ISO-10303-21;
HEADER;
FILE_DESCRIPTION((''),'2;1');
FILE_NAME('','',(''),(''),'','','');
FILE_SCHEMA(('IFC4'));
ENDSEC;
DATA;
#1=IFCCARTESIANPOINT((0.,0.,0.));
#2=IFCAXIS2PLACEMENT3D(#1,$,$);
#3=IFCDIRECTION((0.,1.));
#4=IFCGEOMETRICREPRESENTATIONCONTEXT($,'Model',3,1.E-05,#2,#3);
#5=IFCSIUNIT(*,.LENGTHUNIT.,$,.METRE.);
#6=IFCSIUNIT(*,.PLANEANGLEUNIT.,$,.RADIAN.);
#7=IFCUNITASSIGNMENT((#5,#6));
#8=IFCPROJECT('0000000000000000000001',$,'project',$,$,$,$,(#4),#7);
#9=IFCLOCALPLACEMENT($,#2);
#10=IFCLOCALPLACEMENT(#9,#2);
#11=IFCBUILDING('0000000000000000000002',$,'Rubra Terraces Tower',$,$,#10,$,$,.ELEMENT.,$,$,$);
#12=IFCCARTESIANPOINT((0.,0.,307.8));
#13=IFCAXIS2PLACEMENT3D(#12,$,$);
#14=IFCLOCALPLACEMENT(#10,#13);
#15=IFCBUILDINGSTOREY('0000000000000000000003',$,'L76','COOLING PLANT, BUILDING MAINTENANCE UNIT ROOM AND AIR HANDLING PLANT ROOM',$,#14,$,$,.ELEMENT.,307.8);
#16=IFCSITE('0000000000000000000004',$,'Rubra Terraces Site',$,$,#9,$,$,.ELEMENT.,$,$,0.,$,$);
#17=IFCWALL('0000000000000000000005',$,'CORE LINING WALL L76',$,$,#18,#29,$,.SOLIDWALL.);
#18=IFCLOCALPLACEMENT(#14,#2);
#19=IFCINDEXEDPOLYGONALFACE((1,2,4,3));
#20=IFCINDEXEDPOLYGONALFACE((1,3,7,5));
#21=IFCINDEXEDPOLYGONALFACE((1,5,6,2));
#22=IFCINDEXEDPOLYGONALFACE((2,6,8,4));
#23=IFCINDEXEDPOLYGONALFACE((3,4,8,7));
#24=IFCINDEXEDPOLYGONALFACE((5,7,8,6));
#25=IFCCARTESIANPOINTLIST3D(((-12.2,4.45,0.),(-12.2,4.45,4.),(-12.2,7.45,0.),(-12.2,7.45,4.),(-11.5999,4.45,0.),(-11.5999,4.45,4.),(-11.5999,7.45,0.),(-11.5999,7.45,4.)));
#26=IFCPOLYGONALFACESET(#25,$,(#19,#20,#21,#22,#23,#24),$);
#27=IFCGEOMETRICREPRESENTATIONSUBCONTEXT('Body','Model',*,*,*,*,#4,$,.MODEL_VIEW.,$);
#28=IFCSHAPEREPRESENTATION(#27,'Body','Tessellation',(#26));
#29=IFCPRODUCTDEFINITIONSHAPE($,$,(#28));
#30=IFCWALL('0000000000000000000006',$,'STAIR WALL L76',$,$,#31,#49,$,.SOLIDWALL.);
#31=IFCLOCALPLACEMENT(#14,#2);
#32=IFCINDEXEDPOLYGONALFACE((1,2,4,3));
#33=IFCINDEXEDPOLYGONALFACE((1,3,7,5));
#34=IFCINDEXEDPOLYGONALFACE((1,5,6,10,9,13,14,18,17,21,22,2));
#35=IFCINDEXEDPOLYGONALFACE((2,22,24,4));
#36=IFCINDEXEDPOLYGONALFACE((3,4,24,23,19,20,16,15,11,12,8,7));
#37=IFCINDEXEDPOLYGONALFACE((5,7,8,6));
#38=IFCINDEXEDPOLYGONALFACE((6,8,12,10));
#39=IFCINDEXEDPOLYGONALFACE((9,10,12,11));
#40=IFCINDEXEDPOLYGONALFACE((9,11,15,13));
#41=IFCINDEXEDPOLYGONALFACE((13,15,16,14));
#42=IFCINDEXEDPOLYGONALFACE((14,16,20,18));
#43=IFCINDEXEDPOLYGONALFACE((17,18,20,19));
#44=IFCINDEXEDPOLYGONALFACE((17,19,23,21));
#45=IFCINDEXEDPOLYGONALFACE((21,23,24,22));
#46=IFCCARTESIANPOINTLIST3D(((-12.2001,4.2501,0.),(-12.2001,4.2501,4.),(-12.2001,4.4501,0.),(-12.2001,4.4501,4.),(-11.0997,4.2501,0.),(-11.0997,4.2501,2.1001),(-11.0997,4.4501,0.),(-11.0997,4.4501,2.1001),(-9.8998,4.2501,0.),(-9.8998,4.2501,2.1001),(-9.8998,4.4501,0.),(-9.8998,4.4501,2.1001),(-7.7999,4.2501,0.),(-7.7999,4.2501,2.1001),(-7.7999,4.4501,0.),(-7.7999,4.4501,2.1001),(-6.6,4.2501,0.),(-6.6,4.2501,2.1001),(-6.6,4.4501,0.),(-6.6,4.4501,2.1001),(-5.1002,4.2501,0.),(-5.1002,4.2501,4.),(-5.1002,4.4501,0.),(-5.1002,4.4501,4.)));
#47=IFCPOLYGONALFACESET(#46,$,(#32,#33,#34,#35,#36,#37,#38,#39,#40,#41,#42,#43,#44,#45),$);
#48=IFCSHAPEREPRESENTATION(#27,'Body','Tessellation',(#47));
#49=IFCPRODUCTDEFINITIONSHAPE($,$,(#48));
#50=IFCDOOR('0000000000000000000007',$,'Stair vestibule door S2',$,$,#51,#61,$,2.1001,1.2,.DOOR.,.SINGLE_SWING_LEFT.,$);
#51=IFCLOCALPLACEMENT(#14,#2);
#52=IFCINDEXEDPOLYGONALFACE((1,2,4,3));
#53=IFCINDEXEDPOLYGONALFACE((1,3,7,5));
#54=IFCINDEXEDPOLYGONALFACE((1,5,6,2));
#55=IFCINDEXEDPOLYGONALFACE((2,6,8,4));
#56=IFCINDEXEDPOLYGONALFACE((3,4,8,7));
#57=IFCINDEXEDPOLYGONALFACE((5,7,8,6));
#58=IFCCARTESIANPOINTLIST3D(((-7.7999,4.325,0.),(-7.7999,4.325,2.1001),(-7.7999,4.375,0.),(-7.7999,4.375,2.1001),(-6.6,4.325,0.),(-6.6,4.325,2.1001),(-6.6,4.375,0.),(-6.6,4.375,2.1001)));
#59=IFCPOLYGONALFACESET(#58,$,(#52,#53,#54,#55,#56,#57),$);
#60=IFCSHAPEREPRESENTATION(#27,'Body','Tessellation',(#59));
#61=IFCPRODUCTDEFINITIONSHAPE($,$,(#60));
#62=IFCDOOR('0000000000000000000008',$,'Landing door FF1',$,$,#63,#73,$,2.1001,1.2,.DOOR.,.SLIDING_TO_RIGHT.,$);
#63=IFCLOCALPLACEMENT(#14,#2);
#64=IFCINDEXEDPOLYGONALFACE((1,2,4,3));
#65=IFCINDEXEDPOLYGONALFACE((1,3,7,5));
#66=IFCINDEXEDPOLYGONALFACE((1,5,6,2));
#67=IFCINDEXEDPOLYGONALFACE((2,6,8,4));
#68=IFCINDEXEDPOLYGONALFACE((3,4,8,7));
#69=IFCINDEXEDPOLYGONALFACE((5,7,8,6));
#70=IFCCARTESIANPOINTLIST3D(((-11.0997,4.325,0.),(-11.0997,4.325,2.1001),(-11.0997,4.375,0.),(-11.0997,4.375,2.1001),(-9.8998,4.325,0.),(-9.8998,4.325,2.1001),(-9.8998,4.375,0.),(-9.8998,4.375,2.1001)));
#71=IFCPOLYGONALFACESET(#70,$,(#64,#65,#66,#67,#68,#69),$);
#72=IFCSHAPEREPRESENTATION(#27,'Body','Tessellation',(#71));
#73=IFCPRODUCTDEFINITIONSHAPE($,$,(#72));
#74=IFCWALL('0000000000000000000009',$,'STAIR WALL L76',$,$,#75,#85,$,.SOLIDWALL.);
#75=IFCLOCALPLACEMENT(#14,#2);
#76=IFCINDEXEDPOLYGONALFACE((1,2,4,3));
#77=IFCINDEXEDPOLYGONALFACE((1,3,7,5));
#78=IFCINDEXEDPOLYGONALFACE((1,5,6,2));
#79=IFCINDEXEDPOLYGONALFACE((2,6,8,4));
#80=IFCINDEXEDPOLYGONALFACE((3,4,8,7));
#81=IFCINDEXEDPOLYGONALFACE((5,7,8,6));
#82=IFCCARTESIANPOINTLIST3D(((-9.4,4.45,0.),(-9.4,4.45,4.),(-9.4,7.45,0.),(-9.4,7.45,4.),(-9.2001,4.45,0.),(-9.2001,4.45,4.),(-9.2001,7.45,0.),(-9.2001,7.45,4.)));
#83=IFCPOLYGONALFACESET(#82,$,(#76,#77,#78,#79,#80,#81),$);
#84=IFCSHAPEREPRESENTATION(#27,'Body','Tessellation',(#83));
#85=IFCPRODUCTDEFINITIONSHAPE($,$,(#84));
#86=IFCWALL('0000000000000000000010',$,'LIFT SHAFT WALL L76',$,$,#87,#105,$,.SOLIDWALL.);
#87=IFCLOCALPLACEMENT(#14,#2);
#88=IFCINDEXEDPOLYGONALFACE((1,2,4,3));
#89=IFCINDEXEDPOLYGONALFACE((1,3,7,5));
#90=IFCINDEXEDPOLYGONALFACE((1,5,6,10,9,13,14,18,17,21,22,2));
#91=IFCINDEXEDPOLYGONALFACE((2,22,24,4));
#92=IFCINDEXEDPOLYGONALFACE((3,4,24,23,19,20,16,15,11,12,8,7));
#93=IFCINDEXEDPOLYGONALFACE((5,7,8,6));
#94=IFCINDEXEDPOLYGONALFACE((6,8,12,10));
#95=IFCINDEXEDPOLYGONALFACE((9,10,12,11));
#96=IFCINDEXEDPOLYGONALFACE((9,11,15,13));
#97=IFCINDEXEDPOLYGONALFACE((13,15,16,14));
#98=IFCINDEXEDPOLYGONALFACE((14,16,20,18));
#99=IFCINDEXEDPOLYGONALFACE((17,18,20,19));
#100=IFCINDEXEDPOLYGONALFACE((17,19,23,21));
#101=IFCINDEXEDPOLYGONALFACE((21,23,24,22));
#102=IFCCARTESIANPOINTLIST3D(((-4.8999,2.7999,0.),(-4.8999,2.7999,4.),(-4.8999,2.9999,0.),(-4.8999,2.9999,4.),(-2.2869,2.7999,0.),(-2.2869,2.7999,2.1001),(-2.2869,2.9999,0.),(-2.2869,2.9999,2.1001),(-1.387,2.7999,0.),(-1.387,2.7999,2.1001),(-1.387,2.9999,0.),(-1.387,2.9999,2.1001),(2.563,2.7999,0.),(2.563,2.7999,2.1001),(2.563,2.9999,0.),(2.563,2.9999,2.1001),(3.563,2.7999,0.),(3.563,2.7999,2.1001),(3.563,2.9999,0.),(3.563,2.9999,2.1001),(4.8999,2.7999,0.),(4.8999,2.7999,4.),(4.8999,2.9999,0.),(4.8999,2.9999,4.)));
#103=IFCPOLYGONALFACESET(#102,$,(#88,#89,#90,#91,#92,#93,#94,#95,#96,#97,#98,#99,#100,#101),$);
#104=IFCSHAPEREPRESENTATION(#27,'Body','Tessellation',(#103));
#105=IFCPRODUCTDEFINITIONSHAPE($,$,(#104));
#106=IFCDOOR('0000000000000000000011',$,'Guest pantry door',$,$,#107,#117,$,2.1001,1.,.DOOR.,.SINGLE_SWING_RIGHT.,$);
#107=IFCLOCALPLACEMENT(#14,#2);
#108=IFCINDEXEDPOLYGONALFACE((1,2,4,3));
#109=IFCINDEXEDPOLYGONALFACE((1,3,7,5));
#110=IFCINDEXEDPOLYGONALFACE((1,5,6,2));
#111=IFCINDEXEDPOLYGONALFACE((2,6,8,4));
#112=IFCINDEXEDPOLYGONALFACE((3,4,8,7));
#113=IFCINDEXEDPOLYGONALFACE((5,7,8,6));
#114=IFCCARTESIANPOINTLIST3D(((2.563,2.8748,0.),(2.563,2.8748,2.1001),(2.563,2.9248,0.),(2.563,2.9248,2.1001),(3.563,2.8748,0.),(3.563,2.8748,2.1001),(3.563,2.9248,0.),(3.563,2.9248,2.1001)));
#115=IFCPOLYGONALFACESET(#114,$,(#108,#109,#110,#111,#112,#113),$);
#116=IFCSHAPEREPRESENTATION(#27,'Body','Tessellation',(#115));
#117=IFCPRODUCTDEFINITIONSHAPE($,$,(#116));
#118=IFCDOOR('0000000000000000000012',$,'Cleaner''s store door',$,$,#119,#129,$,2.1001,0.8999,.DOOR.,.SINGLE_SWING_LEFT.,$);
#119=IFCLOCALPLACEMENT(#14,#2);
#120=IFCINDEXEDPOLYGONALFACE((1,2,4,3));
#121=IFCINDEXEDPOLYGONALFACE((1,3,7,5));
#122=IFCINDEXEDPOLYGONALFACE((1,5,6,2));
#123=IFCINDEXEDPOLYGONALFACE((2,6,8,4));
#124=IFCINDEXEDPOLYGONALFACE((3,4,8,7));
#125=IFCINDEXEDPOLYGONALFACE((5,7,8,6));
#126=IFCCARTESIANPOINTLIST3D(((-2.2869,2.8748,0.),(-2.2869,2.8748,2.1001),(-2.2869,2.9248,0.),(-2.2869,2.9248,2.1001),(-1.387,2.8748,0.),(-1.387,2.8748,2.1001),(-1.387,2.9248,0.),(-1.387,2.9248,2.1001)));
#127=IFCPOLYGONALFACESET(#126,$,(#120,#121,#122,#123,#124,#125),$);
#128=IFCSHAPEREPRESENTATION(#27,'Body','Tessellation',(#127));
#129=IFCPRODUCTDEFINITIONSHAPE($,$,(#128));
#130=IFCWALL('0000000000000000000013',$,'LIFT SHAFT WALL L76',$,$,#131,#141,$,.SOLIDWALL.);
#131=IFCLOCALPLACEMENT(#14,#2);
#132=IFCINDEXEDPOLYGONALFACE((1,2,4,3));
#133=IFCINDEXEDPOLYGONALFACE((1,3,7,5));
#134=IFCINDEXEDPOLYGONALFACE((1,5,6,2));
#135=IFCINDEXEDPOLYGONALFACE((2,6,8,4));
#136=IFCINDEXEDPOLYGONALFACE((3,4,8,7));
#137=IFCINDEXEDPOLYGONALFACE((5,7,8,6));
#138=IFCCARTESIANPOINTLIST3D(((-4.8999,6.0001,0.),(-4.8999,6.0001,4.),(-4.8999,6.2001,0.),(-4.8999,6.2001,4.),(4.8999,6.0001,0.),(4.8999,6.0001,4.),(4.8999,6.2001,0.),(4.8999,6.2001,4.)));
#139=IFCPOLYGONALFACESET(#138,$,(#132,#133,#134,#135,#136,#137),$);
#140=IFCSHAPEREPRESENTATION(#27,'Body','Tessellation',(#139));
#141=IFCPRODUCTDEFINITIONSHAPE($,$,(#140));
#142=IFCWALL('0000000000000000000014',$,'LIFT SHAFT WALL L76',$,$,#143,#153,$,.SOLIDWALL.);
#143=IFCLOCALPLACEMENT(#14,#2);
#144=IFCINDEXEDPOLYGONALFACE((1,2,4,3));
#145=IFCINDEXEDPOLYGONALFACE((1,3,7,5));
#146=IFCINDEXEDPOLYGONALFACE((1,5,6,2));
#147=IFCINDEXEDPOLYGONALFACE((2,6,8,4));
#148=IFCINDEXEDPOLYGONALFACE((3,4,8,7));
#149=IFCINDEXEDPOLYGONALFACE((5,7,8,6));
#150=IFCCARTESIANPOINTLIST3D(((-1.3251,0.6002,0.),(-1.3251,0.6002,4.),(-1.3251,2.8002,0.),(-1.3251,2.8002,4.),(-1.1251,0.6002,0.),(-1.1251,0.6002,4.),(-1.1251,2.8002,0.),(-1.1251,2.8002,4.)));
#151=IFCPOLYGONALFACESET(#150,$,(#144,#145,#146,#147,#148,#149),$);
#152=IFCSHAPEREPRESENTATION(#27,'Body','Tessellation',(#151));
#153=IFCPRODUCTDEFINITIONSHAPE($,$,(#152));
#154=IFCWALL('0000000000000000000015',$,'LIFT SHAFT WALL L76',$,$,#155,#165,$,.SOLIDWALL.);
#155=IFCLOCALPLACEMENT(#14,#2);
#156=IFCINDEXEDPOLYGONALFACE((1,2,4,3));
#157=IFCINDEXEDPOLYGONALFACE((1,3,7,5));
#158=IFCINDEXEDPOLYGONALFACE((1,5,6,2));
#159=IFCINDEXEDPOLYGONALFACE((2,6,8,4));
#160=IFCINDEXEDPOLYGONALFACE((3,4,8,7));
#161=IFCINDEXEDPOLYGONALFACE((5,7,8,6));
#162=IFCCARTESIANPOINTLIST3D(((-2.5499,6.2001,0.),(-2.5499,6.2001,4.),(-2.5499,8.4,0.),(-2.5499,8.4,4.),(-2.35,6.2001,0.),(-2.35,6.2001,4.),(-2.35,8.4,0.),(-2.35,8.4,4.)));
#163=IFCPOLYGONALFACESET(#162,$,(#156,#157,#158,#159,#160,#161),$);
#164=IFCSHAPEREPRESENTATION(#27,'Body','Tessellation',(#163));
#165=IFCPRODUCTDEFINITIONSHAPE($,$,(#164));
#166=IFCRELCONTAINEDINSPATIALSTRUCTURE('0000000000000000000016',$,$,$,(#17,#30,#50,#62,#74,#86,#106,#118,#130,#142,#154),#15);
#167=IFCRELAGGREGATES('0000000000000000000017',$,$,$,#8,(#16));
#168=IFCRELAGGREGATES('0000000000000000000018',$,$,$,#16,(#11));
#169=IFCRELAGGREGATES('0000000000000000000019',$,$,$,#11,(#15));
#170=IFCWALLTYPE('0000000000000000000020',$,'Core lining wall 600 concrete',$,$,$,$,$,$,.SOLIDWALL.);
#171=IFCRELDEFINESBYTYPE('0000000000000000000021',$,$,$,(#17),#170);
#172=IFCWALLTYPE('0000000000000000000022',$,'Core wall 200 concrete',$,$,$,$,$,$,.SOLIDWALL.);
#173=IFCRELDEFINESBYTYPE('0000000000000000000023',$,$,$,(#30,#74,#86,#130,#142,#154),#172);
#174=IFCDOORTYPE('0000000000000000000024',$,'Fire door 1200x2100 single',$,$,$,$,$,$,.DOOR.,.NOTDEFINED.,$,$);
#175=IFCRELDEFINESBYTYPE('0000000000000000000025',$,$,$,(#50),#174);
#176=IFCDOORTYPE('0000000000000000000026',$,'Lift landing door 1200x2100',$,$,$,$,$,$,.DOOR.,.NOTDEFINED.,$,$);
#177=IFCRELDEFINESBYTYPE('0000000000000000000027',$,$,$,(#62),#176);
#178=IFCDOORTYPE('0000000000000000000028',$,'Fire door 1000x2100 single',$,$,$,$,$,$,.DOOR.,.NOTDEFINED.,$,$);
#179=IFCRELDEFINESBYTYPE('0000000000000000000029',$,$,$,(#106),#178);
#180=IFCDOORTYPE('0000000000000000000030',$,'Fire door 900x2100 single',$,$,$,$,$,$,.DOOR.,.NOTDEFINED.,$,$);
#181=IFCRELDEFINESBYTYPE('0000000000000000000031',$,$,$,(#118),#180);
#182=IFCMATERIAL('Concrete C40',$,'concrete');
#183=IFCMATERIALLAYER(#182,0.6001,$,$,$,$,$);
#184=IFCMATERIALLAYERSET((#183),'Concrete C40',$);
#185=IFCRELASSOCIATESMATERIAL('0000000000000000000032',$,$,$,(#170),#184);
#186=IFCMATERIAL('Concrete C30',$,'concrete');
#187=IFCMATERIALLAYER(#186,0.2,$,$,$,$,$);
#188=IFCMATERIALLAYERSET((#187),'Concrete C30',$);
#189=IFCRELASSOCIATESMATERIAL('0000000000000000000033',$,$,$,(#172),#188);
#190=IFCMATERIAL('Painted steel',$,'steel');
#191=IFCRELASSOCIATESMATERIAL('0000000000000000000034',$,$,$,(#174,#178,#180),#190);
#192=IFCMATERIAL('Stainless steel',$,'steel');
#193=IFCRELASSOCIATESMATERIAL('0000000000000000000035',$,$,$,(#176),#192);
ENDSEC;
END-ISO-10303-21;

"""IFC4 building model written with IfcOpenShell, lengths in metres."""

from ifc_helpers import new_model, si_unit, direction, frame, frame_2d, origin, place, context, subcontext, project, spatial, rectangle, extrude, material, layer, layer_set, type_object, element, fill, save


model = new_model("IFC4")

# Units and contexts
model_context = context("Model", 3, precision=1e-05, world=origin(), true_north=direction((0.0, 1.0)))
body_context = subcontext(model_context, "Body", "Model", "MODEL_VIEW")
ifc_project = project(units=[si_unit("LENGTHUNIT", "METRE"), si_unit("PLANEANGLEUNIT", "RADIAN")], contexts=[model_context])

# Site, building, storey
site_placement = place(None, origin())
site = spatial("IfcSite", under=ifc_project, at=site_placement, Name="Rubra Terraces Site", CompositionType="ELEMENT", RefElevation=0.0)
building_placement = place(site_placement, origin())
building = spatial("IfcBuilding", under=site, at=building_placement, Name="Rubra Terraces Tower", CompositionType="ELEMENT")
storey_placement = place(building_placement, frame((0.0, 0.0, 307.8)))
storey = spatial("IfcBuildingStorey", under=building, at=storey_placement, Name="L76", Description="COOLING PLANT, BUILDING MAINTENANCE UNIT ROOM AND AIR HANDLING PLANT ROOM", CompositionType="ELEMENT", Elevation=307.8)

# Wall
ifc_material_1 = material(Name="Concrete C40", Category="concrete")
ifc_layer_1 = layer(ifc_material_1, 0.6001)
ifc_layer_set_1 = layer_set([ifc_layer_1], Name="Concrete C40")
wall_type_1 = type_object("IfcWallType", Name="Core lining wall 600 concrete", PredefinedType="SOLIDWALL", material=ifc_layer_set_1)
wall_1_placement = place(storey_placement, frame((-11.8999, 4.45, 0.0), z_axis=(0.0, 0.0, 1.0), x_axis=(0.0, 1.0, 0.0)))
element("IfcWall", 1, at=wall_1_placement, inside=storey, type_object=wall_type_1, Name="CORE LINING WALL L76", PredefinedType="SOLIDWALL", context=body_context, shape_type="SweptSolid", body=[
    extrude(rectangle(XDim=3.0, YDim=0.6001, at=frame_2d((1.5, 0.0))), origin(), (0.0, 0.0, 1.0), 4.0),
])

# Wall, openings, doors
ifc_material_2 = material(Name="Concrete C30", Category="concrete")
ifc_layer_2 = layer(ifc_material_2, 0.2)
ifc_layer_set_2 = layer_set([ifc_layer_2], Name="Concrete C30")
wall_type_2 = type_object("IfcWallType", Name="Core wall 200 concrete", PredefinedType="SOLIDWALL", material=ifc_layer_set_2)
wall_2_placement = place(storey_placement, frame((-12.2, 4.3501, 0.0), z_axis=(0.0, 0.0, 1.0), x_axis=(1.0, 0.0, 0.0)))
wall_2 = element("IfcWall", 2, at=wall_2_placement, inside=storey, type_object=wall_type_2, Name="STAIR WALL L76", PredefinedType="SOLIDWALL", context=body_context, shape_type="SweptSolid", body=[
    extrude(rectangle(XDim=7.0999, YDim=0.2, at=frame_2d((3.5498, 0.0))), origin(), (0.0, 0.0, 1.0), 4.0),
])
opening_1_placement = place(wall_2_placement, frame((4.3999, 0.0, 0.0)))
opening_1 = element("IfcOpeningElement", 3, at=opening_1_placement, cuts=wall_2, PredefinedType="OPENING", context=body_context, shape_type="SweptSolid", body=[
    extrude(rectangle(XDim=1.2, YDim=2.1001, at=frame_2d((0.6001, 1.05))), frame((0.0, 0.1099, 0.0), z_axis=(0.0, -1.0, 0.0), x_axis=(1.0, 0.0, 0.0)), (0.0, 0.0, 1.0), 0.22),
])
opening_2_placement = place(wall_2_placement, frame((1.1001, 0.0, 0.0)))
opening_2 = element("IfcOpeningElement", 4, at=opening_2_placement, cuts=wall_2, PredefinedType="OPENING", context=body_context, shape_type="SweptSolid", body=[
    extrude(rectangle(XDim=1.2, YDim=2.1001, at=frame_2d((0.6001, 1.05))), frame((0.0, 0.1099, 0.0), z_axis=(0.0, -1.0, 0.0), x_axis=(1.0, 0.0, 0.0)), (0.0, 0.0, 1.0), 0.22),
])
ifc_material_3 = material(Name="Painted steel", Category="steel")
door_type_1 = type_object("IfcDoorType", Name="Fire door 1200x2100 single", OperationType="NOTDEFINED", PredefinedType="DOOR", material=ifc_material_3)
door_1_placement = place(opening_1_placement, origin())
door_1 = element("IfcDoor", 5, at=door_1_placement, inside=storey, type_object=door_type_1, Name="Stair vestibule door S2", OperationType="SINGLE_SWING_LEFT", OverallHeight=2.1001, OverallWidth=1.2, PredefinedType="DOOR", context=body_context, shape_type="SweptSolid", body=[
    extrude(rectangle(XDim=1.2, YDim=2.1001, at=frame_2d((0.6001, 1.05))), frame((0.0, 0.0249, 0.0), z_axis=(0.0, -1.0, 0.0), x_axis=(1.0, 0.0, 0.0)), (0.0, 0.0, 1.0), 0.05),
])
fill(opening_1, door_1)
ifc_material_4 = material(Name="Stainless steel", Category="steel")
door_type_2 = type_object("IfcDoorType", Name="Lift landing door 1200x2100", OperationType="NOTDEFINED", PredefinedType="DOOR", material=ifc_material_4)
door_2_placement = place(opening_2_placement, origin())
door_2 = element("IfcDoor", 6, at=door_2_placement, inside=storey, type_object=door_type_2, Name="Landing door FF1", OperationType="SLIDING_TO_RIGHT", OverallHeight=2.1001, OverallWidth=1.2, PredefinedType="DOOR", context=body_context, shape_type="SweptSolid", body=[
    extrude(rectangle(XDim=1.2, YDim=2.1001, at=frame_2d((0.6001, 1.05))), frame((0.0, 0.0249, 0.0), z_axis=(0.0, -1.0, 0.0), x_axis=(1.0, 0.0, 0.0)), (0.0, 0.0, 1.0), 0.05),
])
fill(opening_2, door_2)

# Wall
wall_3_placement = place(storey_placement, frame((-9.3, 4.45, 0.0), z_axis=(0.0, 0.0, 1.0), x_axis=(0.0, 1.0, 0.0)))
element("IfcWall", 7, at=wall_3_placement, inside=storey, type_object=wall_type_2, Name="STAIR WALL L76", PredefinedType="SOLIDWALL", context=body_context, shape_type="SweptSolid", body=[
    extrude(rectangle(XDim=3.0, YDim=0.2, at=frame_2d((1.5, 0.0))), origin(), (0.0, 0.0, 1.0), 4.0),
])

# Wall, openings, doors
wall_4_placement = place(storey_placement, frame((-4.8999, 2.8999, 0.0), z_axis=(0.0, 0.0, 1.0), x_axis=(1.0, 0.0, 0.0)))
wall_4 = element("IfcWall", 8, at=wall_4_placement, inside=storey, type_object=wall_type_2, Name="LIFT SHAFT WALL L76", PredefinedType="SOLIDWALL", context=body_context, shape_type="SweptSolid", body=[
    extrude(rectangle(XDim=9.7998, YDim=0.2, at=frame_2d((4.8999, 0.0))), origin(), (0.0, 0.0, 1.0), 4.0),
])
opening_3_placement = place(wall_4_placement, frame((2.613, 0.0, 0.0)))
opening_3 = element("IfcOpeningElement", 9, at=opening_3_placement, cuts=wall_4, PredefinedType="OPENING", context=body_context, shape_type="SweptSolid", body=[
    extrude(rectangle(XDim=0.8999, YDim=2.1001, at=frame_2d((0.45, 1.05))), frame((0.0, 0.1099, 0.0), z_axis=(0.0, -1.0, 0.0), x_axis=(1.0, 0.0, 0.0)), (0.0, 0.0, 1.0), 0.22),
])
opening_4_placement = place(wall_4_placement, frame((7.4629, 0.0, 0.0)))
opening_4 = element("IfcOpeningElement", 10, at=opening_4_placement, cuts=wall_4, PredefinedType="OPENING", context=body_context, shape_type="SweptSolid", body=[
    extrude(rectangle(XDim=1.0, YDim=2.1001, at=frame_2d((0.5, 1.05))), frame((0.0, 0.1099, 0.0), z_axis=(0.0, -1.0, 0.0), x_axis=(1.0, 0.0, 0.0)), (0.0, 0.0, 1.0), 0.22),
])
door_type_3 = type_object("IfcDoorType", Name="Fire door 1000x2100 single", OperationType="NOTDEFINED", PredefinedType="DOOR", material=ifc_material_3)
door_3_placement = place(opening_4_placement, origin())
door_3 = element("IfcDoor", 11, at=door_3_placement, inside=storey, type_object=door_type_3, Name="Guest pantry door", OperationType="SINGLE_SWING_RIGHT", OverallHeight=2.1001, OverallWidth=1.0, PredefinedType="DOOR", context=body_context, shape_type="SweptSolid", body=[
    extrude(rectangle(XDim=1.0, YDim=2.1001, at=frame_2d((0.5, 1.05))), frame((0.0, 0.0249, 0.0), z_axis=(0.0, -1.0, 0.0), x_axis=(1.0, 0.0, 0.0)), (0.0, 0.0, 1.0), 0.05),
])
fill(opening_4, door_3)
door_type_4 = type_object("IfcDoorType", Name="Fire door 900x2100 single", OperationType="NOTDEFINED", PredefinedType="DOOR", material=ifc_material_3)
door_4_placement = place(opening_3_placement, origin())
door_4 = element("IfcDoor", 12, at=door_4_placement, inside=storey, type_object=door_type_4, Name="Cleaner's store door", OperationType="SINGLE_SWING_LEFT", OverallHeight=2.1001, OverallWidth=0.8999, PredefinedType="DOOR", context=body_context, shape_type="SweptSolid", body=[
    extrude(rectangle(XDim=0.8999, YDim=2.1001, at=frame_2d((0.45, 1.05))), frame((0.0, 0.0249, 0.0), z_axis=(0.0, -1.0, 0.0), x_axis=(1.0, 0.0, 0.0)), (0.0, 0.0, 1.0), 0.05),
])
fill(opening_3, door_4)

# Walls
wall_5_placement = place(storey_placement, frame((-4.8999, 6.1001, 0.0), z_axis=(0.0, 0.0, 1.0), x_axis=(1.0, 0.0, 0.0)))
element("IfcWall", 13, at=wall_5_placement, inside=storey, type_object=wall_type_2, Name="LIFT SHAFT WALL L76", PredefinedType="SOLIDWALL", context=body_context, shape_type="SweptSolid", body=[
    extrude(rectangle(XDim=9.7998, YDim=0.2, at=frame_2d((4.8999, 0.0))), origin(), (0.0, 0.0, 1.0), 4.0),
])
for number, where, z_axis, x_axis, name in (
    (14, (-1.2251, 0.6001, 0.0), (0.0, 0.0, 1.0), (0.0, 1.0, 0.0), "LIFT SHAFT WALL L76"),
    (15, (-2.45, 6.2, 0.0), (0.0, 0.0, 1.0), (0.0, 1.0, 0.0), "LIFT SHAFT WALL L76"),
):
    element("IfcWall", number, at=place(storey_placement, frame(where, z_axis=z_axis, x_axis=x_axis)), inside=storey, type_object=wall_type_2, Name=name, PredefinedType="SOLIDWALL", context=body_context, shape_type="SweptSolid", body=[
        extrude(rectangle(XDim=2.2, YDim=0.2, at=frame_2d((1.1001, 0.0))), origin(), (0.0, 0.0, 1.0), 4.0),
    ])

save(model, "model.ifc")
